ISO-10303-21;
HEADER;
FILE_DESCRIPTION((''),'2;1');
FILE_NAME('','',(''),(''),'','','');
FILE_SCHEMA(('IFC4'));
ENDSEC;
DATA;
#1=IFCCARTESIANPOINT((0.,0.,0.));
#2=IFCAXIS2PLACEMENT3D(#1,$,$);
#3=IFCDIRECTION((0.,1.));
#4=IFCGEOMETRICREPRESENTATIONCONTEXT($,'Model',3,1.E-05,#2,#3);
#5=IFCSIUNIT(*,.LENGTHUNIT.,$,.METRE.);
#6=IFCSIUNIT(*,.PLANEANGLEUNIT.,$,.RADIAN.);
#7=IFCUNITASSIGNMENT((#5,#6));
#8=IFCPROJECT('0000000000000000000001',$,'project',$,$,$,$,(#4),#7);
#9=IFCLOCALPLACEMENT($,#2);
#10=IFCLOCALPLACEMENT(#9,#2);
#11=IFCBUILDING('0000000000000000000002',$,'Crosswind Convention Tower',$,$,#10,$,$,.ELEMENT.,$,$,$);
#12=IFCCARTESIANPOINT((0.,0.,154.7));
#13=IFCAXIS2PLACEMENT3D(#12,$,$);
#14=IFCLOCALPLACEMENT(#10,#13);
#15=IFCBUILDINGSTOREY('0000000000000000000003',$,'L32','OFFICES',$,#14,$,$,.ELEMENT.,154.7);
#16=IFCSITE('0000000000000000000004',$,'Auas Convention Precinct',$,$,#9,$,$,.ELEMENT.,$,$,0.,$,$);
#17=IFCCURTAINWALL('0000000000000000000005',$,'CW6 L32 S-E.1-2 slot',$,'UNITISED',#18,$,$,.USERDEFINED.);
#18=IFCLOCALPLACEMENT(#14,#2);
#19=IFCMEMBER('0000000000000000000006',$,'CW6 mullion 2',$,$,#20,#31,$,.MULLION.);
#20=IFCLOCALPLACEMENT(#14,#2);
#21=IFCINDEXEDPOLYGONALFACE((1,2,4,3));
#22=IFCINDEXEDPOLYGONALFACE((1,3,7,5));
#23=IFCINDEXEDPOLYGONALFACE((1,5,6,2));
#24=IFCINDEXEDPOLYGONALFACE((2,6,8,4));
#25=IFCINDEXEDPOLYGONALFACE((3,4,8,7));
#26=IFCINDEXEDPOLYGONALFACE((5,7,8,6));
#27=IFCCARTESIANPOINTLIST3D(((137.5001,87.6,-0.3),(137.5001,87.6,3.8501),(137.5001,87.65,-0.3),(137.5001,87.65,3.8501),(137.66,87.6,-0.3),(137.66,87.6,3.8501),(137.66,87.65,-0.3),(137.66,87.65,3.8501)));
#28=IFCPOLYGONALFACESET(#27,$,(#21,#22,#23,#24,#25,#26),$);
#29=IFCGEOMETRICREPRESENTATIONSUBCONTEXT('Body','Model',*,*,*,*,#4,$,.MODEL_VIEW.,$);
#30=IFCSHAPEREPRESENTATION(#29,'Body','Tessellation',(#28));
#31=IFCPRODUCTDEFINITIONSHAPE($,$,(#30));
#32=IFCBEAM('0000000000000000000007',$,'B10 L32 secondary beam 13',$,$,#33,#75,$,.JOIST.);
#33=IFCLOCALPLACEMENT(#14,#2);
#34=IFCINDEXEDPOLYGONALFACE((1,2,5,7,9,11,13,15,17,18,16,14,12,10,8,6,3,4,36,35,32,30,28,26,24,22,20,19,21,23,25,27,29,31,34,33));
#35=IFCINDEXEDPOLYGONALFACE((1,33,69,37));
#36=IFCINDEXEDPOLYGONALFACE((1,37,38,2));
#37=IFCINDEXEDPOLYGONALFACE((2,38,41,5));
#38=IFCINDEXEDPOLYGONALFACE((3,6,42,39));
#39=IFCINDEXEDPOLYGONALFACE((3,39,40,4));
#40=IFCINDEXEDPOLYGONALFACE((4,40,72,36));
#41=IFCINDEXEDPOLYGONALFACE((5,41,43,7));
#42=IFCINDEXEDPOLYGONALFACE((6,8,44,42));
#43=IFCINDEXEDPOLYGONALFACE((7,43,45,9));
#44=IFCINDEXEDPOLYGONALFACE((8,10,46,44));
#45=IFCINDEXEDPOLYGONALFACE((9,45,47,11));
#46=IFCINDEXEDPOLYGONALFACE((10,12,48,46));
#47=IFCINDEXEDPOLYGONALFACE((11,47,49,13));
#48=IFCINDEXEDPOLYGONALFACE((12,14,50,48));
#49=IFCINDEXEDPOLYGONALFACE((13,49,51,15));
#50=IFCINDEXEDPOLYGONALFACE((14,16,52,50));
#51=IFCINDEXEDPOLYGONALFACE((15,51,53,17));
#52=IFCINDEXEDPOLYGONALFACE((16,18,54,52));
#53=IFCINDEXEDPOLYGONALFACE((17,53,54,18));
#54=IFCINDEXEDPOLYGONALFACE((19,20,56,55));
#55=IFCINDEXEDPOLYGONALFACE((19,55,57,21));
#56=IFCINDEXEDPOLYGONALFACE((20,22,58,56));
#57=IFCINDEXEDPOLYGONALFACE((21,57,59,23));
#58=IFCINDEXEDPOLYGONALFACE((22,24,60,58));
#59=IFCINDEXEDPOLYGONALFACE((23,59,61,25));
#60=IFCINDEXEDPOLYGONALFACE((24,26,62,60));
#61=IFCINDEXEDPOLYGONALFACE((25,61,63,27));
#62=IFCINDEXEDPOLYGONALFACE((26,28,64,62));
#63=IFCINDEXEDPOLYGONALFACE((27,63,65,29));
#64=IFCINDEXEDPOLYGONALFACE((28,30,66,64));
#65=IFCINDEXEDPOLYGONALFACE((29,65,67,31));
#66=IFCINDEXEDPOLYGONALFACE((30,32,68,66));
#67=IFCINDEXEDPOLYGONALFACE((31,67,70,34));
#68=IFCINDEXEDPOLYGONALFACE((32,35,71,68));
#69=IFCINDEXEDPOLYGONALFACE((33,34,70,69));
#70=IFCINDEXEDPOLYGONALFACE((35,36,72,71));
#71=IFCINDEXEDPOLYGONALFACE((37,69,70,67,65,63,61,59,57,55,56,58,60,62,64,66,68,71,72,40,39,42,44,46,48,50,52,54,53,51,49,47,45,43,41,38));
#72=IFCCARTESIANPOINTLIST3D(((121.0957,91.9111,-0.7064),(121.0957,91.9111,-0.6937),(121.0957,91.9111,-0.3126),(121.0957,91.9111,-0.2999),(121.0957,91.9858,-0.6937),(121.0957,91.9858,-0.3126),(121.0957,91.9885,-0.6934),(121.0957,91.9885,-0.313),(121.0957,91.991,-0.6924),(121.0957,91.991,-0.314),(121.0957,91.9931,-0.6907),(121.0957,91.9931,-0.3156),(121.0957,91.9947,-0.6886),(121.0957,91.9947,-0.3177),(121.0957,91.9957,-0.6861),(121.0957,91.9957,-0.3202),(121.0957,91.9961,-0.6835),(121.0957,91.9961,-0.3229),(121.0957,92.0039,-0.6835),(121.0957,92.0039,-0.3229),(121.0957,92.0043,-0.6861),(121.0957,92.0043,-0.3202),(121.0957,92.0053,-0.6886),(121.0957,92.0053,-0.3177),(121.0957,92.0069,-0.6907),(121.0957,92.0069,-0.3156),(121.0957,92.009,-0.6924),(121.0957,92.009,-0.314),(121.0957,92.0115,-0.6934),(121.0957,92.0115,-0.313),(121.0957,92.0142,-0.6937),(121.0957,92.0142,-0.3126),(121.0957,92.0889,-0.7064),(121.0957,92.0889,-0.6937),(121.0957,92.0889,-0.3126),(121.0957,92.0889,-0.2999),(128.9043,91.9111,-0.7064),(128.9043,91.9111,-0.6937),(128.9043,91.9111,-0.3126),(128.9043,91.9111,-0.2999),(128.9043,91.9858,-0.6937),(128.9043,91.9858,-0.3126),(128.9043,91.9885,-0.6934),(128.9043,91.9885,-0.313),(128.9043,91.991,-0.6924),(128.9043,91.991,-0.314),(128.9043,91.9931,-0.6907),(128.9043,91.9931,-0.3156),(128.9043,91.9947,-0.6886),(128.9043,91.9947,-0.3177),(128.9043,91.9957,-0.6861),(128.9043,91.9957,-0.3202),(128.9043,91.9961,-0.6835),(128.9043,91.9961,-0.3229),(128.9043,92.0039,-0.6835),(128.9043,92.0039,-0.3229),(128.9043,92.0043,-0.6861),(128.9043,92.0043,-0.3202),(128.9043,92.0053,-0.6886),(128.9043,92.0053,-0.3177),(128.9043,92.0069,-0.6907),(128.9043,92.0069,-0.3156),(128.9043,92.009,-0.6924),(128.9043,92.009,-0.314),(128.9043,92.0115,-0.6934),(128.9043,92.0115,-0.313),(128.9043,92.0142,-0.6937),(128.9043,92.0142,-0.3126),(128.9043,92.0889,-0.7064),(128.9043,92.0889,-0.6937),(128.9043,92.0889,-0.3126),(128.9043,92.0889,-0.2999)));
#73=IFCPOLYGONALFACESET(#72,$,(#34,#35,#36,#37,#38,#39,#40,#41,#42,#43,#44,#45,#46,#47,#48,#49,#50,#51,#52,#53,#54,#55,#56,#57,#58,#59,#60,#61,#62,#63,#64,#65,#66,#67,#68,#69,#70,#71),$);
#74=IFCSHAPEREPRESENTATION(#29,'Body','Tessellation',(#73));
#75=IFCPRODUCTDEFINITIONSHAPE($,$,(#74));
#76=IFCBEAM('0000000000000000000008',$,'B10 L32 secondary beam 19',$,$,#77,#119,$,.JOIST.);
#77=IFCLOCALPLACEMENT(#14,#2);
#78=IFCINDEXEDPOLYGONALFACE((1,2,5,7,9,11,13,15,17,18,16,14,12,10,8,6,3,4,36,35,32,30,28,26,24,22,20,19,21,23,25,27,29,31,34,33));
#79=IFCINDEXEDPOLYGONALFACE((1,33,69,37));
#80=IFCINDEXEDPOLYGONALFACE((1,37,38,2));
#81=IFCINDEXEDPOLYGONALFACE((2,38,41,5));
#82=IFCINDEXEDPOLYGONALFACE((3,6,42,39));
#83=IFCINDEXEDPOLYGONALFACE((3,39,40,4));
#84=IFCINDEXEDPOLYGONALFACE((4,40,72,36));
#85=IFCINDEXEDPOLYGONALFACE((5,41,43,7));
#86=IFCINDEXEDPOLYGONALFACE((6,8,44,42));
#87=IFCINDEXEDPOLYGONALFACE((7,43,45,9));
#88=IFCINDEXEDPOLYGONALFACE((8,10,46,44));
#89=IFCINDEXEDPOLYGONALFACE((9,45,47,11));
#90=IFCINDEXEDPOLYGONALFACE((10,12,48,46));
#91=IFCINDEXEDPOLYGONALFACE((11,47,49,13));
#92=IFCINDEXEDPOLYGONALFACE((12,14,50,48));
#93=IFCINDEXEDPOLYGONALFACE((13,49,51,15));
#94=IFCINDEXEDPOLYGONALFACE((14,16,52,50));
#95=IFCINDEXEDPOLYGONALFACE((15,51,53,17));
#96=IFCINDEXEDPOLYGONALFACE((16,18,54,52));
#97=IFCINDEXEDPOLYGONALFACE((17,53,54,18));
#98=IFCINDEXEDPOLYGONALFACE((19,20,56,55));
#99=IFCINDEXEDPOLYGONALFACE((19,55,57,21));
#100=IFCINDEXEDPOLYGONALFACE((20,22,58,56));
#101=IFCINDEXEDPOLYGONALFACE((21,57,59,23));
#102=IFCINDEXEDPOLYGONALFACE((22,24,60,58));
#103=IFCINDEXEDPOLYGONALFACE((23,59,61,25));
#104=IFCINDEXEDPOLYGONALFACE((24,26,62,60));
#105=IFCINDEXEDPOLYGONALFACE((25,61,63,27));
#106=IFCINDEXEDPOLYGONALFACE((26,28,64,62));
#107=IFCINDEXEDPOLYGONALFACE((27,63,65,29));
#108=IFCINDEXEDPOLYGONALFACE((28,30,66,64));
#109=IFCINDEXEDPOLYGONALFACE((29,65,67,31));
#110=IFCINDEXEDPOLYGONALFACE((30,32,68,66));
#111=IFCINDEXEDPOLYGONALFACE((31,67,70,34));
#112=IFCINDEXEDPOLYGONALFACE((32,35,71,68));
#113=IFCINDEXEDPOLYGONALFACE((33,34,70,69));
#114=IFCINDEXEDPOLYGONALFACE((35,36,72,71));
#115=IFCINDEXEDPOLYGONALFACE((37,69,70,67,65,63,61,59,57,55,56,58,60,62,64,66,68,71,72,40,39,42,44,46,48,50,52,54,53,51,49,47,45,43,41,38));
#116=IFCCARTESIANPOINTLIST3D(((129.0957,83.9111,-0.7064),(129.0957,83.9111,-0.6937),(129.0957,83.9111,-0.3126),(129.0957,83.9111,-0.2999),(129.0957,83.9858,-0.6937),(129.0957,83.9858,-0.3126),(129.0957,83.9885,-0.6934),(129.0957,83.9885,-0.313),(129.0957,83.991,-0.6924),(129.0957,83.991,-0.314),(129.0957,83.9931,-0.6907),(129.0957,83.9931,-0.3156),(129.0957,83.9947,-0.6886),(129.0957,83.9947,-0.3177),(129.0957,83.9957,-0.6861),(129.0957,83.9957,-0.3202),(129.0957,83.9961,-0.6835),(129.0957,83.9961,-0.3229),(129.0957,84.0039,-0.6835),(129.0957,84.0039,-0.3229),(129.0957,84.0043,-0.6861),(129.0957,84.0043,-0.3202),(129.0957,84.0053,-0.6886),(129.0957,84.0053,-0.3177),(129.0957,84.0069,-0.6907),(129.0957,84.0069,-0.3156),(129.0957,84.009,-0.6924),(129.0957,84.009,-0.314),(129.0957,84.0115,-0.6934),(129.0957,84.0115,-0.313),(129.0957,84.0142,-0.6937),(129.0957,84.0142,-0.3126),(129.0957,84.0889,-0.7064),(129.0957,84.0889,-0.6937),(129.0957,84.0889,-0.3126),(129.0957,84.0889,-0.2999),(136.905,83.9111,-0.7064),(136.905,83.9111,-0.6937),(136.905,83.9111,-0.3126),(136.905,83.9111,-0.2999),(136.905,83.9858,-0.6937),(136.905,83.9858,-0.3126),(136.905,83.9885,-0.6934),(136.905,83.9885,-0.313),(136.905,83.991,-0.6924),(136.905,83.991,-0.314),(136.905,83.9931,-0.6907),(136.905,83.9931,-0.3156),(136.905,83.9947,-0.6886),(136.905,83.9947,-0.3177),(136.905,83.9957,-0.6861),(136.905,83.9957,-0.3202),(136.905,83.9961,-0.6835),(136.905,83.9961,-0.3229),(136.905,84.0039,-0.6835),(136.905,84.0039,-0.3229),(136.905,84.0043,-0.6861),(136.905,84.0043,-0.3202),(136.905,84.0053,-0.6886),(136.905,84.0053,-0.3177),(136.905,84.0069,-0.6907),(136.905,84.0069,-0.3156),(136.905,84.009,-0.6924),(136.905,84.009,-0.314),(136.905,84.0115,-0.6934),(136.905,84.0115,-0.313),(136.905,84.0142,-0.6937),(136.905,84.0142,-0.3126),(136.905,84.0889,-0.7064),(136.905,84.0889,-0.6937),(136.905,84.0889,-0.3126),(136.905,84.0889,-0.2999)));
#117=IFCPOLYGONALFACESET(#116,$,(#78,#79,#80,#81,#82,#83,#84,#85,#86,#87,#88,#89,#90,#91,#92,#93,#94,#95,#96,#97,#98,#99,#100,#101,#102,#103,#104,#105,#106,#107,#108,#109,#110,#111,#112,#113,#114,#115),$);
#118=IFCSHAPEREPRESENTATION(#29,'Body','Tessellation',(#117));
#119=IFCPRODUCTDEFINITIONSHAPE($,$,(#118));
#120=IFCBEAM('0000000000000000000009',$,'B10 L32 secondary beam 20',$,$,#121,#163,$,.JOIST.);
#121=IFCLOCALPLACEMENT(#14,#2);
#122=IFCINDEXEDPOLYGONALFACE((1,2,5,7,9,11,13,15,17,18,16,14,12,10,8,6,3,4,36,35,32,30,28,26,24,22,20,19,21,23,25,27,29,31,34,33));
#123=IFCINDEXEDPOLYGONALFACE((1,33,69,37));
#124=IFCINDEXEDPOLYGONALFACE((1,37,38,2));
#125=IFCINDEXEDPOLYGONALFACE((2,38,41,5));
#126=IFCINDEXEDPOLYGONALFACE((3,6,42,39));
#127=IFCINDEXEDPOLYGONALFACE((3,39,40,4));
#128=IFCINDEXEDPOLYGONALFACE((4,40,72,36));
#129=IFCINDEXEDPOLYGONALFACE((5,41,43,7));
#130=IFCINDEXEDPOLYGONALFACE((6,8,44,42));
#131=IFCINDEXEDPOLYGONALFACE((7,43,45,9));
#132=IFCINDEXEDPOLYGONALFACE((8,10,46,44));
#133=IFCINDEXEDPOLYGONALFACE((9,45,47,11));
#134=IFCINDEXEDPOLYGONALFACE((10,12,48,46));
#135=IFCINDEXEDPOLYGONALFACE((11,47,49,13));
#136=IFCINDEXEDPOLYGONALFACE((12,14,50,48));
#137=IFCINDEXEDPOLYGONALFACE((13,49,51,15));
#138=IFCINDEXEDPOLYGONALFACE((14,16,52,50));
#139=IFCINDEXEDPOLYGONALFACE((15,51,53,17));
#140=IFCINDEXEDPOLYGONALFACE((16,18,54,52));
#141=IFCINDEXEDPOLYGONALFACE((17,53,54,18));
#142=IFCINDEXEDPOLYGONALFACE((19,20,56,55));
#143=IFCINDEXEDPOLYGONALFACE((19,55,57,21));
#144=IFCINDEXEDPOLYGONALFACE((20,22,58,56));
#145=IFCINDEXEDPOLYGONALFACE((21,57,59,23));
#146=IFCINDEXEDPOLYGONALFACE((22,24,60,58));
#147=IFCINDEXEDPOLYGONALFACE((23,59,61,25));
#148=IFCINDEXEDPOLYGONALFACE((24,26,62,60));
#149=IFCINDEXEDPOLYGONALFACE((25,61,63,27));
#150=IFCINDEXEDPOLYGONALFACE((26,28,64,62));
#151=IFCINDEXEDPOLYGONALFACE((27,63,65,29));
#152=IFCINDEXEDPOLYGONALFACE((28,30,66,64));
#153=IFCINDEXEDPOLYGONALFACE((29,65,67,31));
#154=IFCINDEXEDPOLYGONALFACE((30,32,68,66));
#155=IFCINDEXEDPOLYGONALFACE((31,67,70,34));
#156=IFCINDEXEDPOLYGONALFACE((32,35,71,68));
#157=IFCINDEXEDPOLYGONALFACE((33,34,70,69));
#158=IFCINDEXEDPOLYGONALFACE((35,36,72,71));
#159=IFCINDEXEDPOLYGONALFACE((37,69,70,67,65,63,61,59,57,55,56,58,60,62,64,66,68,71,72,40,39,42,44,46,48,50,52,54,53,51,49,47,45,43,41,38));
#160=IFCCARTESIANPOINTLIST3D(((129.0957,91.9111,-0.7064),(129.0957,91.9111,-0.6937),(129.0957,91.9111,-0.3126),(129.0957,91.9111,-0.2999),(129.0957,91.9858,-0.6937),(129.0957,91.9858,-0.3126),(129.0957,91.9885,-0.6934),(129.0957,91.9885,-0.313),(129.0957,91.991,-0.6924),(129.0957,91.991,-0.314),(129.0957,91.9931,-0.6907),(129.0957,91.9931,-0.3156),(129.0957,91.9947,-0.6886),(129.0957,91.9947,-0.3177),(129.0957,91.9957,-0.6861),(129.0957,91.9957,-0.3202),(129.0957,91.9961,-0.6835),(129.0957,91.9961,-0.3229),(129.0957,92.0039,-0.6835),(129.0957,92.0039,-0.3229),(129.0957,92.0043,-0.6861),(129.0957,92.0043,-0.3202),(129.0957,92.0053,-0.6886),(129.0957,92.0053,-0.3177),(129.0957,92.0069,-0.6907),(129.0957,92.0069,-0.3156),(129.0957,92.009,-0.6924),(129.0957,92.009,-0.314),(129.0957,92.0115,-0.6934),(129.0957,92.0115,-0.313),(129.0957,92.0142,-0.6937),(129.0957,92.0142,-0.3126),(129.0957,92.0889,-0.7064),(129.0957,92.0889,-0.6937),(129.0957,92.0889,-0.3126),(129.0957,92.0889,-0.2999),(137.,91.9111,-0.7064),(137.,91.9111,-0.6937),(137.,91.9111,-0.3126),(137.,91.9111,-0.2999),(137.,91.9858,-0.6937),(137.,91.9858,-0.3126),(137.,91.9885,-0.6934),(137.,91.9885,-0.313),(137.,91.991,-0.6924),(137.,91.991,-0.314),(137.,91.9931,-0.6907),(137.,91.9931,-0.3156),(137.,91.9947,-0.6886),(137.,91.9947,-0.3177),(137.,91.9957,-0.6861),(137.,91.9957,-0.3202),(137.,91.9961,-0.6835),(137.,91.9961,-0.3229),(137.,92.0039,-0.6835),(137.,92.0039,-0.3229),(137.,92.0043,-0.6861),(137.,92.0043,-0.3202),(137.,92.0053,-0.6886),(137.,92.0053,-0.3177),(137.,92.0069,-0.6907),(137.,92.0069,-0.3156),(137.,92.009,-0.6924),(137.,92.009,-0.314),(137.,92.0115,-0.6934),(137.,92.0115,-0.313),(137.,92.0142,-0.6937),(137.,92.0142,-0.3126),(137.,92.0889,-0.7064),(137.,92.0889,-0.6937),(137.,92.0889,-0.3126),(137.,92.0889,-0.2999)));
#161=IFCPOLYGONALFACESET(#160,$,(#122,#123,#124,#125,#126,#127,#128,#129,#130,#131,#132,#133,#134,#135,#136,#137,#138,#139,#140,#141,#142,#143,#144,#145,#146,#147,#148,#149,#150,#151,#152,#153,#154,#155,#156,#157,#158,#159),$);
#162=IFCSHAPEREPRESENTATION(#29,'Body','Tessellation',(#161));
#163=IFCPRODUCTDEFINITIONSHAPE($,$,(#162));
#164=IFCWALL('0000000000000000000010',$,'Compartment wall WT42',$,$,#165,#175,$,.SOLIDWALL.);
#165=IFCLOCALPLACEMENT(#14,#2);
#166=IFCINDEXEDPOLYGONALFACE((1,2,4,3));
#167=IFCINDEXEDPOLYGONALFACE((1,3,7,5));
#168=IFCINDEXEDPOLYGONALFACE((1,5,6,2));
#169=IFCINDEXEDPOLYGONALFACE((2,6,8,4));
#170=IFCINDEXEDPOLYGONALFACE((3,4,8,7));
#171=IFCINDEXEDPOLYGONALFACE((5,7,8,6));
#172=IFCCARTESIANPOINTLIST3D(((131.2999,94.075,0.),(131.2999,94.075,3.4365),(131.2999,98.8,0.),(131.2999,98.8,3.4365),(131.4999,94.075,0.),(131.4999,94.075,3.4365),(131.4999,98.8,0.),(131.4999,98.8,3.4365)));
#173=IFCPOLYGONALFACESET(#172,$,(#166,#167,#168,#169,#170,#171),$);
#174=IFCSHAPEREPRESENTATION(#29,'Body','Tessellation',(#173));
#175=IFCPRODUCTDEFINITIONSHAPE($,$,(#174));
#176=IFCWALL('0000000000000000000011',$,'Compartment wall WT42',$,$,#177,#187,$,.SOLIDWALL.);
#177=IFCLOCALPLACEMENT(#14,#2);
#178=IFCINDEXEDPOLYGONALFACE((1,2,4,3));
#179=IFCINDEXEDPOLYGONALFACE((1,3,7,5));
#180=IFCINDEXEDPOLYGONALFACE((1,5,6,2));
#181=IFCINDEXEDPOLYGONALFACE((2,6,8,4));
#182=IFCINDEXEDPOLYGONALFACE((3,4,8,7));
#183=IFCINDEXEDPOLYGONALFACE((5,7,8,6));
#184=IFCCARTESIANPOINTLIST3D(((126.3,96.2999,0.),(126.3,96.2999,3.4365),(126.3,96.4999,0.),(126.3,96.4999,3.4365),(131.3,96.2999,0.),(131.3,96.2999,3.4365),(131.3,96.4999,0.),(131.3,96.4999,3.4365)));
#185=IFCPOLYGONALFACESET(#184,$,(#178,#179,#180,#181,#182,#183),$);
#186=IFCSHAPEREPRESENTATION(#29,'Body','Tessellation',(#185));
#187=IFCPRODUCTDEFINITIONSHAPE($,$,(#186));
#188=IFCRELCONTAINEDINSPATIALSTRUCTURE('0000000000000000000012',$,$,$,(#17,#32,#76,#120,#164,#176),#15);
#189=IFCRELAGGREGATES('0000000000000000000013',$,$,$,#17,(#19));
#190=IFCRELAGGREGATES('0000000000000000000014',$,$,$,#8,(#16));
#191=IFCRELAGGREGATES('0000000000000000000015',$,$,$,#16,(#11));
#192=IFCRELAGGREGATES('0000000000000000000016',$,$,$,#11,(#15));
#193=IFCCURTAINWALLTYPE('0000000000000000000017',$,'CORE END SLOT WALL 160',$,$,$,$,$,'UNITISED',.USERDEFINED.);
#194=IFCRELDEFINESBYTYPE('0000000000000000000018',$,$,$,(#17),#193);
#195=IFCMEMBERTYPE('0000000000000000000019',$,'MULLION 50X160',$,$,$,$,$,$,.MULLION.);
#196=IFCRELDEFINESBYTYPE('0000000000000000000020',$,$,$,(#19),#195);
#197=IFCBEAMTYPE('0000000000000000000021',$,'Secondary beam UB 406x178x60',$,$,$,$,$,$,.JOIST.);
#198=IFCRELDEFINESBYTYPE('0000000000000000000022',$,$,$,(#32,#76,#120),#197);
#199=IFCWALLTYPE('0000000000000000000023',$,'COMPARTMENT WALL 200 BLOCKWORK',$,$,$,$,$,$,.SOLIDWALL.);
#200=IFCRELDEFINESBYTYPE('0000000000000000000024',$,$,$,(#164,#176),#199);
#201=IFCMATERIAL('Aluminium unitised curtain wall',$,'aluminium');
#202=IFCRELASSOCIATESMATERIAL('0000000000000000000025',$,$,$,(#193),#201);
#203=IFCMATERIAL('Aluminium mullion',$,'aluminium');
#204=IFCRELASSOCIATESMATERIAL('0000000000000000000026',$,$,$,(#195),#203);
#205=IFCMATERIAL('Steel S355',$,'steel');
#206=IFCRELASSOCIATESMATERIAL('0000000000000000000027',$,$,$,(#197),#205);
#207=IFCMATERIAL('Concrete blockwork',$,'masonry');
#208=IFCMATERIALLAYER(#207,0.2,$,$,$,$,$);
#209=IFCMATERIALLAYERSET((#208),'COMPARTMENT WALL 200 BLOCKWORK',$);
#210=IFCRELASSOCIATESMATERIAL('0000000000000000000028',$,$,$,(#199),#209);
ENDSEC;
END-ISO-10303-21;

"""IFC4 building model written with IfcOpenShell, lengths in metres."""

from ifc_helpers import new_model, si_unit, direction, frame, frame_2d, origin, origin_2d, place, context, subcontext, project, spatial, rectangle, i_section, extrude, material, layer, layer_set, material_profile, profile_set, type_object, element, aggregate, save


model = new_model("IFC4")

# Units and contexts
model_context = context("Model", 3, precision=1e-05, world=origin(), true_north=direction((0.0, 1.0)))
body_context = subcontext(model_context, "Body", "Model", "MODEL_VIEW")
ifc_project = project(units=[si_unit("LENGTHUNIT", "METRE"), si_unit("PLANEANGLEUNIT", "RADIAN")], contexts=[model_context])

# Site, building, storey
site_placement = place(None, origin())
site = spatial("IfcSite", under=ifc_project, at=site_placement, Name="Auas Convention Precinct", CompositionType="ELEMENT", RefElevation=0.0)
building_placement = place(site_placement, origin())
building = spatial("IfcBuilding", under=site, at=building_placement, Name="Crosswind Convention Tower", CompositionType="ELEMENT")
storey_placement = place(building_placement, frame((0.0, 0.0, 154.7)))
storey = spatial("IfcBuildingStorey", under=building, at=storey_placement, Name="L32", Description="OFFICES", CompositionType="ELEMENT", Elevation=154.7)

# Shared definitions
ifc_material_1 = material(Name="Steel S355", Category="steel")

# Curtain wall, member
ifc_material_2 = material(Name="Aluminium unitised curtain wall", Category="aluminium")
curtain_wall_type = type_object("IfcCurtainWallType", Name="CORE END SLOT WALL 160", ElementType="UNITISED", PredefinedType="USERDEFINED", material=ifc_material_2)
curtain_wall_placement = place(storey_placement, origin())
curtain_wall = element("IfcCurtainWall", 1, at=curtain_wall_placement, inside=storey, type_object=curtain_wall_type, Name="CW6 L32 S-E.1-2 slot", ObjectType="UNITISED", PredefinedType="USERDEFINED")
ifc_material_3 = material(Name="Aluminium mullion", Category="aluminium")
ifc_material_profile_1 = material_profile(ifc_material_3, rectangle(XDim=0.1599, YDim=0.05, at=origin_2d()), Name="AL 160X50")
ifc_profile_set_1 = profile_set([ifc_material_profile_1], Name="Aluminium mullion")
member_type = type_object("IfcMemberType", Name="MULLION 50X160", PredefinedType="MULLION", material=ifc_profile_set_1)
member_placement = place(storey_placement, frame((137.5801, 87.625, -0.3), z_axis=(0.0, 0.0, 1.0), x_axis=(1.0, 0.0, 0.0)))
member = element("IfcMember", 2, at=member_placement, type_object=member_type, Name="CW6 mullion 2", PredefinedType="MULLION", context=body_context, shape_type="SweptSolid", body=[
    extrude(rectangle(XDim=0.1599, YDim=0.05, at=origin_2d()), origin(), (0.0, 0.0, 1.0), 4.1501),
])
aggregate(curtain_wall, [member])

# Beams
ifc_material_profile_2 = material_profile(ifc_material_1, i_section(OverallWidth=0.1777, OverallDepth=0.4065, WebThickness=0.0078, FlangeThickness=0.0127, FilletRadius=0.0103, at=origin_2d()), Name="UB 406x178x60")
ifc_profile_set_2 = profile_set([ifc_material_profile_2], Name="Steel S355")
beam_type_1 = type_object("IfcBeamType", Name="Secondary beam UB 406x178x60", PredefinedType="JOIST", material=ifc_profile_set_2)
beam_1_placement = place(storey_placement, frame((121.0957, 92.0, -0.5032), z_axis=(1.0, 0.0, 0.0), x_axis=(0.0, 1.0, 0.0)))
element("IfcBeam", 3, at=beam_1_placement, inside=storey, type_object=beam_type_1, Name="B10 L32 secondary beam 13", PredefinedType="JOIST", context=body_context, shape_type="SweptSolid", body=[
    extrude(i_section(OverallWidth=0.1777, OverallDepth=0.4065, WebThickness=0.0078, FlangeThickness=0.0127, FilletRadius=0.0103, at=origin_2d()), origin(), (0.0, 0.0, 1.0), 7.8086),
])
beam_2_placement = place(storey_placement, frame((129.0957, 84.0, -0.5032), z_axis=(1.0, 0.0, 0.0), x_axis=(0.0, 1.0, 0.0)))
element("IfcBeam", 4, at=beam_2_placement, inside=storey, type_object=beam_type_1, Name="B10 L32 secondary beam 19", PredefinedType="JOIST", context=body_context, shape_type="SweptSolid", body=[
    extrude(i_section(OverallWidth=0.1777, OverallDepth=0.4065, WebThickness=0.0078, FlangeThickness=0.0127, FilletRadius=0.0103, at=origin_2d()), origin(), (0.0, 0.0, 1.0), 7.8093),
])
beam_3_placement = place(storey_placement, frame((129.0957, 92.0, -0.5032), z_axis=(1.0, 0.0, 0.0), x_axis=(0.0, 1.0, 0.0)))
element("IfcBeam", 5, at=beam_3_placement, inside=storey, type_object=beam_type_1, Name="B10 L32 secondary beam 20", PredefinedType="JOIST", context=body_context, shape_type="SweptSolid", body=[
    extrude(i_section(OverallWidth=0.1777, OverallDepth=0.4065, WebThickness=0.0078, FlangeThickness=0.0127, FilletRadius=0.0103, at=origin_2d()), origin(), (0.0, 0.0, 1.0), 7.9043),
])

# Walls
ifc_material_4 = material(Name="Concrete blockwork", Category="masonry")
ifc_layer_1 = layer(ifc_material_4, 0.2)
ifc_layer_set_1 = layer_set([ifc_layer_1], Name="COMPARTMENT WALL 200 BLOCKWORK")
wall_type_1 = type_object("IfcWallType", Name="COMPARTMENT WALL 200 BLOCKWORK", PredefinedType="SOLIDWALL", material=ifc_layer_set_1)
wall_1_placement = place(storey_placement, frame((131.3999, 94.075, 0.0), z_axis=(0.0, 0.0, 1.0), x_axis=(0.0, 1.0, 0.0)))
element("IfcWall", 6, at=wall_1_placement, inside=storey, type_object=wall_type_1, Name="Compartment wall WT42", PredefinedType="SOLIDWALL", context=body_context, shape_type="SweptSolid", body=[
    extrude(rectangle(XDim=4.7251, YDim=0.2, at=frame_2d((2.3625, 0.0))), origin(), (0.0, 0.0, 1.0), 3.4365),
])
wall_2_placement = place(storey_placement, frame((126.3, 96.3999, 0.0), z_axis=(0.0, 0.0, 1.0), x_axis=(1.0, 0.0, 0.0)))
element("IfcWall", 7, at=wall_2_placement, inside=storey, type_object=wall_type_1, Name="Compartment wall WT42", PredefinedType="SOLIDWALL", context=body_context, shape_type="SweptSolid", body=[
    extrude(rectangle(XDim=5.0, YDim=0.2, at=frame_2d((2.5, 0.0))), origin(), (0.0, 0.0, 1.0), 3.4365),
])

save(model, "model.ifc")
